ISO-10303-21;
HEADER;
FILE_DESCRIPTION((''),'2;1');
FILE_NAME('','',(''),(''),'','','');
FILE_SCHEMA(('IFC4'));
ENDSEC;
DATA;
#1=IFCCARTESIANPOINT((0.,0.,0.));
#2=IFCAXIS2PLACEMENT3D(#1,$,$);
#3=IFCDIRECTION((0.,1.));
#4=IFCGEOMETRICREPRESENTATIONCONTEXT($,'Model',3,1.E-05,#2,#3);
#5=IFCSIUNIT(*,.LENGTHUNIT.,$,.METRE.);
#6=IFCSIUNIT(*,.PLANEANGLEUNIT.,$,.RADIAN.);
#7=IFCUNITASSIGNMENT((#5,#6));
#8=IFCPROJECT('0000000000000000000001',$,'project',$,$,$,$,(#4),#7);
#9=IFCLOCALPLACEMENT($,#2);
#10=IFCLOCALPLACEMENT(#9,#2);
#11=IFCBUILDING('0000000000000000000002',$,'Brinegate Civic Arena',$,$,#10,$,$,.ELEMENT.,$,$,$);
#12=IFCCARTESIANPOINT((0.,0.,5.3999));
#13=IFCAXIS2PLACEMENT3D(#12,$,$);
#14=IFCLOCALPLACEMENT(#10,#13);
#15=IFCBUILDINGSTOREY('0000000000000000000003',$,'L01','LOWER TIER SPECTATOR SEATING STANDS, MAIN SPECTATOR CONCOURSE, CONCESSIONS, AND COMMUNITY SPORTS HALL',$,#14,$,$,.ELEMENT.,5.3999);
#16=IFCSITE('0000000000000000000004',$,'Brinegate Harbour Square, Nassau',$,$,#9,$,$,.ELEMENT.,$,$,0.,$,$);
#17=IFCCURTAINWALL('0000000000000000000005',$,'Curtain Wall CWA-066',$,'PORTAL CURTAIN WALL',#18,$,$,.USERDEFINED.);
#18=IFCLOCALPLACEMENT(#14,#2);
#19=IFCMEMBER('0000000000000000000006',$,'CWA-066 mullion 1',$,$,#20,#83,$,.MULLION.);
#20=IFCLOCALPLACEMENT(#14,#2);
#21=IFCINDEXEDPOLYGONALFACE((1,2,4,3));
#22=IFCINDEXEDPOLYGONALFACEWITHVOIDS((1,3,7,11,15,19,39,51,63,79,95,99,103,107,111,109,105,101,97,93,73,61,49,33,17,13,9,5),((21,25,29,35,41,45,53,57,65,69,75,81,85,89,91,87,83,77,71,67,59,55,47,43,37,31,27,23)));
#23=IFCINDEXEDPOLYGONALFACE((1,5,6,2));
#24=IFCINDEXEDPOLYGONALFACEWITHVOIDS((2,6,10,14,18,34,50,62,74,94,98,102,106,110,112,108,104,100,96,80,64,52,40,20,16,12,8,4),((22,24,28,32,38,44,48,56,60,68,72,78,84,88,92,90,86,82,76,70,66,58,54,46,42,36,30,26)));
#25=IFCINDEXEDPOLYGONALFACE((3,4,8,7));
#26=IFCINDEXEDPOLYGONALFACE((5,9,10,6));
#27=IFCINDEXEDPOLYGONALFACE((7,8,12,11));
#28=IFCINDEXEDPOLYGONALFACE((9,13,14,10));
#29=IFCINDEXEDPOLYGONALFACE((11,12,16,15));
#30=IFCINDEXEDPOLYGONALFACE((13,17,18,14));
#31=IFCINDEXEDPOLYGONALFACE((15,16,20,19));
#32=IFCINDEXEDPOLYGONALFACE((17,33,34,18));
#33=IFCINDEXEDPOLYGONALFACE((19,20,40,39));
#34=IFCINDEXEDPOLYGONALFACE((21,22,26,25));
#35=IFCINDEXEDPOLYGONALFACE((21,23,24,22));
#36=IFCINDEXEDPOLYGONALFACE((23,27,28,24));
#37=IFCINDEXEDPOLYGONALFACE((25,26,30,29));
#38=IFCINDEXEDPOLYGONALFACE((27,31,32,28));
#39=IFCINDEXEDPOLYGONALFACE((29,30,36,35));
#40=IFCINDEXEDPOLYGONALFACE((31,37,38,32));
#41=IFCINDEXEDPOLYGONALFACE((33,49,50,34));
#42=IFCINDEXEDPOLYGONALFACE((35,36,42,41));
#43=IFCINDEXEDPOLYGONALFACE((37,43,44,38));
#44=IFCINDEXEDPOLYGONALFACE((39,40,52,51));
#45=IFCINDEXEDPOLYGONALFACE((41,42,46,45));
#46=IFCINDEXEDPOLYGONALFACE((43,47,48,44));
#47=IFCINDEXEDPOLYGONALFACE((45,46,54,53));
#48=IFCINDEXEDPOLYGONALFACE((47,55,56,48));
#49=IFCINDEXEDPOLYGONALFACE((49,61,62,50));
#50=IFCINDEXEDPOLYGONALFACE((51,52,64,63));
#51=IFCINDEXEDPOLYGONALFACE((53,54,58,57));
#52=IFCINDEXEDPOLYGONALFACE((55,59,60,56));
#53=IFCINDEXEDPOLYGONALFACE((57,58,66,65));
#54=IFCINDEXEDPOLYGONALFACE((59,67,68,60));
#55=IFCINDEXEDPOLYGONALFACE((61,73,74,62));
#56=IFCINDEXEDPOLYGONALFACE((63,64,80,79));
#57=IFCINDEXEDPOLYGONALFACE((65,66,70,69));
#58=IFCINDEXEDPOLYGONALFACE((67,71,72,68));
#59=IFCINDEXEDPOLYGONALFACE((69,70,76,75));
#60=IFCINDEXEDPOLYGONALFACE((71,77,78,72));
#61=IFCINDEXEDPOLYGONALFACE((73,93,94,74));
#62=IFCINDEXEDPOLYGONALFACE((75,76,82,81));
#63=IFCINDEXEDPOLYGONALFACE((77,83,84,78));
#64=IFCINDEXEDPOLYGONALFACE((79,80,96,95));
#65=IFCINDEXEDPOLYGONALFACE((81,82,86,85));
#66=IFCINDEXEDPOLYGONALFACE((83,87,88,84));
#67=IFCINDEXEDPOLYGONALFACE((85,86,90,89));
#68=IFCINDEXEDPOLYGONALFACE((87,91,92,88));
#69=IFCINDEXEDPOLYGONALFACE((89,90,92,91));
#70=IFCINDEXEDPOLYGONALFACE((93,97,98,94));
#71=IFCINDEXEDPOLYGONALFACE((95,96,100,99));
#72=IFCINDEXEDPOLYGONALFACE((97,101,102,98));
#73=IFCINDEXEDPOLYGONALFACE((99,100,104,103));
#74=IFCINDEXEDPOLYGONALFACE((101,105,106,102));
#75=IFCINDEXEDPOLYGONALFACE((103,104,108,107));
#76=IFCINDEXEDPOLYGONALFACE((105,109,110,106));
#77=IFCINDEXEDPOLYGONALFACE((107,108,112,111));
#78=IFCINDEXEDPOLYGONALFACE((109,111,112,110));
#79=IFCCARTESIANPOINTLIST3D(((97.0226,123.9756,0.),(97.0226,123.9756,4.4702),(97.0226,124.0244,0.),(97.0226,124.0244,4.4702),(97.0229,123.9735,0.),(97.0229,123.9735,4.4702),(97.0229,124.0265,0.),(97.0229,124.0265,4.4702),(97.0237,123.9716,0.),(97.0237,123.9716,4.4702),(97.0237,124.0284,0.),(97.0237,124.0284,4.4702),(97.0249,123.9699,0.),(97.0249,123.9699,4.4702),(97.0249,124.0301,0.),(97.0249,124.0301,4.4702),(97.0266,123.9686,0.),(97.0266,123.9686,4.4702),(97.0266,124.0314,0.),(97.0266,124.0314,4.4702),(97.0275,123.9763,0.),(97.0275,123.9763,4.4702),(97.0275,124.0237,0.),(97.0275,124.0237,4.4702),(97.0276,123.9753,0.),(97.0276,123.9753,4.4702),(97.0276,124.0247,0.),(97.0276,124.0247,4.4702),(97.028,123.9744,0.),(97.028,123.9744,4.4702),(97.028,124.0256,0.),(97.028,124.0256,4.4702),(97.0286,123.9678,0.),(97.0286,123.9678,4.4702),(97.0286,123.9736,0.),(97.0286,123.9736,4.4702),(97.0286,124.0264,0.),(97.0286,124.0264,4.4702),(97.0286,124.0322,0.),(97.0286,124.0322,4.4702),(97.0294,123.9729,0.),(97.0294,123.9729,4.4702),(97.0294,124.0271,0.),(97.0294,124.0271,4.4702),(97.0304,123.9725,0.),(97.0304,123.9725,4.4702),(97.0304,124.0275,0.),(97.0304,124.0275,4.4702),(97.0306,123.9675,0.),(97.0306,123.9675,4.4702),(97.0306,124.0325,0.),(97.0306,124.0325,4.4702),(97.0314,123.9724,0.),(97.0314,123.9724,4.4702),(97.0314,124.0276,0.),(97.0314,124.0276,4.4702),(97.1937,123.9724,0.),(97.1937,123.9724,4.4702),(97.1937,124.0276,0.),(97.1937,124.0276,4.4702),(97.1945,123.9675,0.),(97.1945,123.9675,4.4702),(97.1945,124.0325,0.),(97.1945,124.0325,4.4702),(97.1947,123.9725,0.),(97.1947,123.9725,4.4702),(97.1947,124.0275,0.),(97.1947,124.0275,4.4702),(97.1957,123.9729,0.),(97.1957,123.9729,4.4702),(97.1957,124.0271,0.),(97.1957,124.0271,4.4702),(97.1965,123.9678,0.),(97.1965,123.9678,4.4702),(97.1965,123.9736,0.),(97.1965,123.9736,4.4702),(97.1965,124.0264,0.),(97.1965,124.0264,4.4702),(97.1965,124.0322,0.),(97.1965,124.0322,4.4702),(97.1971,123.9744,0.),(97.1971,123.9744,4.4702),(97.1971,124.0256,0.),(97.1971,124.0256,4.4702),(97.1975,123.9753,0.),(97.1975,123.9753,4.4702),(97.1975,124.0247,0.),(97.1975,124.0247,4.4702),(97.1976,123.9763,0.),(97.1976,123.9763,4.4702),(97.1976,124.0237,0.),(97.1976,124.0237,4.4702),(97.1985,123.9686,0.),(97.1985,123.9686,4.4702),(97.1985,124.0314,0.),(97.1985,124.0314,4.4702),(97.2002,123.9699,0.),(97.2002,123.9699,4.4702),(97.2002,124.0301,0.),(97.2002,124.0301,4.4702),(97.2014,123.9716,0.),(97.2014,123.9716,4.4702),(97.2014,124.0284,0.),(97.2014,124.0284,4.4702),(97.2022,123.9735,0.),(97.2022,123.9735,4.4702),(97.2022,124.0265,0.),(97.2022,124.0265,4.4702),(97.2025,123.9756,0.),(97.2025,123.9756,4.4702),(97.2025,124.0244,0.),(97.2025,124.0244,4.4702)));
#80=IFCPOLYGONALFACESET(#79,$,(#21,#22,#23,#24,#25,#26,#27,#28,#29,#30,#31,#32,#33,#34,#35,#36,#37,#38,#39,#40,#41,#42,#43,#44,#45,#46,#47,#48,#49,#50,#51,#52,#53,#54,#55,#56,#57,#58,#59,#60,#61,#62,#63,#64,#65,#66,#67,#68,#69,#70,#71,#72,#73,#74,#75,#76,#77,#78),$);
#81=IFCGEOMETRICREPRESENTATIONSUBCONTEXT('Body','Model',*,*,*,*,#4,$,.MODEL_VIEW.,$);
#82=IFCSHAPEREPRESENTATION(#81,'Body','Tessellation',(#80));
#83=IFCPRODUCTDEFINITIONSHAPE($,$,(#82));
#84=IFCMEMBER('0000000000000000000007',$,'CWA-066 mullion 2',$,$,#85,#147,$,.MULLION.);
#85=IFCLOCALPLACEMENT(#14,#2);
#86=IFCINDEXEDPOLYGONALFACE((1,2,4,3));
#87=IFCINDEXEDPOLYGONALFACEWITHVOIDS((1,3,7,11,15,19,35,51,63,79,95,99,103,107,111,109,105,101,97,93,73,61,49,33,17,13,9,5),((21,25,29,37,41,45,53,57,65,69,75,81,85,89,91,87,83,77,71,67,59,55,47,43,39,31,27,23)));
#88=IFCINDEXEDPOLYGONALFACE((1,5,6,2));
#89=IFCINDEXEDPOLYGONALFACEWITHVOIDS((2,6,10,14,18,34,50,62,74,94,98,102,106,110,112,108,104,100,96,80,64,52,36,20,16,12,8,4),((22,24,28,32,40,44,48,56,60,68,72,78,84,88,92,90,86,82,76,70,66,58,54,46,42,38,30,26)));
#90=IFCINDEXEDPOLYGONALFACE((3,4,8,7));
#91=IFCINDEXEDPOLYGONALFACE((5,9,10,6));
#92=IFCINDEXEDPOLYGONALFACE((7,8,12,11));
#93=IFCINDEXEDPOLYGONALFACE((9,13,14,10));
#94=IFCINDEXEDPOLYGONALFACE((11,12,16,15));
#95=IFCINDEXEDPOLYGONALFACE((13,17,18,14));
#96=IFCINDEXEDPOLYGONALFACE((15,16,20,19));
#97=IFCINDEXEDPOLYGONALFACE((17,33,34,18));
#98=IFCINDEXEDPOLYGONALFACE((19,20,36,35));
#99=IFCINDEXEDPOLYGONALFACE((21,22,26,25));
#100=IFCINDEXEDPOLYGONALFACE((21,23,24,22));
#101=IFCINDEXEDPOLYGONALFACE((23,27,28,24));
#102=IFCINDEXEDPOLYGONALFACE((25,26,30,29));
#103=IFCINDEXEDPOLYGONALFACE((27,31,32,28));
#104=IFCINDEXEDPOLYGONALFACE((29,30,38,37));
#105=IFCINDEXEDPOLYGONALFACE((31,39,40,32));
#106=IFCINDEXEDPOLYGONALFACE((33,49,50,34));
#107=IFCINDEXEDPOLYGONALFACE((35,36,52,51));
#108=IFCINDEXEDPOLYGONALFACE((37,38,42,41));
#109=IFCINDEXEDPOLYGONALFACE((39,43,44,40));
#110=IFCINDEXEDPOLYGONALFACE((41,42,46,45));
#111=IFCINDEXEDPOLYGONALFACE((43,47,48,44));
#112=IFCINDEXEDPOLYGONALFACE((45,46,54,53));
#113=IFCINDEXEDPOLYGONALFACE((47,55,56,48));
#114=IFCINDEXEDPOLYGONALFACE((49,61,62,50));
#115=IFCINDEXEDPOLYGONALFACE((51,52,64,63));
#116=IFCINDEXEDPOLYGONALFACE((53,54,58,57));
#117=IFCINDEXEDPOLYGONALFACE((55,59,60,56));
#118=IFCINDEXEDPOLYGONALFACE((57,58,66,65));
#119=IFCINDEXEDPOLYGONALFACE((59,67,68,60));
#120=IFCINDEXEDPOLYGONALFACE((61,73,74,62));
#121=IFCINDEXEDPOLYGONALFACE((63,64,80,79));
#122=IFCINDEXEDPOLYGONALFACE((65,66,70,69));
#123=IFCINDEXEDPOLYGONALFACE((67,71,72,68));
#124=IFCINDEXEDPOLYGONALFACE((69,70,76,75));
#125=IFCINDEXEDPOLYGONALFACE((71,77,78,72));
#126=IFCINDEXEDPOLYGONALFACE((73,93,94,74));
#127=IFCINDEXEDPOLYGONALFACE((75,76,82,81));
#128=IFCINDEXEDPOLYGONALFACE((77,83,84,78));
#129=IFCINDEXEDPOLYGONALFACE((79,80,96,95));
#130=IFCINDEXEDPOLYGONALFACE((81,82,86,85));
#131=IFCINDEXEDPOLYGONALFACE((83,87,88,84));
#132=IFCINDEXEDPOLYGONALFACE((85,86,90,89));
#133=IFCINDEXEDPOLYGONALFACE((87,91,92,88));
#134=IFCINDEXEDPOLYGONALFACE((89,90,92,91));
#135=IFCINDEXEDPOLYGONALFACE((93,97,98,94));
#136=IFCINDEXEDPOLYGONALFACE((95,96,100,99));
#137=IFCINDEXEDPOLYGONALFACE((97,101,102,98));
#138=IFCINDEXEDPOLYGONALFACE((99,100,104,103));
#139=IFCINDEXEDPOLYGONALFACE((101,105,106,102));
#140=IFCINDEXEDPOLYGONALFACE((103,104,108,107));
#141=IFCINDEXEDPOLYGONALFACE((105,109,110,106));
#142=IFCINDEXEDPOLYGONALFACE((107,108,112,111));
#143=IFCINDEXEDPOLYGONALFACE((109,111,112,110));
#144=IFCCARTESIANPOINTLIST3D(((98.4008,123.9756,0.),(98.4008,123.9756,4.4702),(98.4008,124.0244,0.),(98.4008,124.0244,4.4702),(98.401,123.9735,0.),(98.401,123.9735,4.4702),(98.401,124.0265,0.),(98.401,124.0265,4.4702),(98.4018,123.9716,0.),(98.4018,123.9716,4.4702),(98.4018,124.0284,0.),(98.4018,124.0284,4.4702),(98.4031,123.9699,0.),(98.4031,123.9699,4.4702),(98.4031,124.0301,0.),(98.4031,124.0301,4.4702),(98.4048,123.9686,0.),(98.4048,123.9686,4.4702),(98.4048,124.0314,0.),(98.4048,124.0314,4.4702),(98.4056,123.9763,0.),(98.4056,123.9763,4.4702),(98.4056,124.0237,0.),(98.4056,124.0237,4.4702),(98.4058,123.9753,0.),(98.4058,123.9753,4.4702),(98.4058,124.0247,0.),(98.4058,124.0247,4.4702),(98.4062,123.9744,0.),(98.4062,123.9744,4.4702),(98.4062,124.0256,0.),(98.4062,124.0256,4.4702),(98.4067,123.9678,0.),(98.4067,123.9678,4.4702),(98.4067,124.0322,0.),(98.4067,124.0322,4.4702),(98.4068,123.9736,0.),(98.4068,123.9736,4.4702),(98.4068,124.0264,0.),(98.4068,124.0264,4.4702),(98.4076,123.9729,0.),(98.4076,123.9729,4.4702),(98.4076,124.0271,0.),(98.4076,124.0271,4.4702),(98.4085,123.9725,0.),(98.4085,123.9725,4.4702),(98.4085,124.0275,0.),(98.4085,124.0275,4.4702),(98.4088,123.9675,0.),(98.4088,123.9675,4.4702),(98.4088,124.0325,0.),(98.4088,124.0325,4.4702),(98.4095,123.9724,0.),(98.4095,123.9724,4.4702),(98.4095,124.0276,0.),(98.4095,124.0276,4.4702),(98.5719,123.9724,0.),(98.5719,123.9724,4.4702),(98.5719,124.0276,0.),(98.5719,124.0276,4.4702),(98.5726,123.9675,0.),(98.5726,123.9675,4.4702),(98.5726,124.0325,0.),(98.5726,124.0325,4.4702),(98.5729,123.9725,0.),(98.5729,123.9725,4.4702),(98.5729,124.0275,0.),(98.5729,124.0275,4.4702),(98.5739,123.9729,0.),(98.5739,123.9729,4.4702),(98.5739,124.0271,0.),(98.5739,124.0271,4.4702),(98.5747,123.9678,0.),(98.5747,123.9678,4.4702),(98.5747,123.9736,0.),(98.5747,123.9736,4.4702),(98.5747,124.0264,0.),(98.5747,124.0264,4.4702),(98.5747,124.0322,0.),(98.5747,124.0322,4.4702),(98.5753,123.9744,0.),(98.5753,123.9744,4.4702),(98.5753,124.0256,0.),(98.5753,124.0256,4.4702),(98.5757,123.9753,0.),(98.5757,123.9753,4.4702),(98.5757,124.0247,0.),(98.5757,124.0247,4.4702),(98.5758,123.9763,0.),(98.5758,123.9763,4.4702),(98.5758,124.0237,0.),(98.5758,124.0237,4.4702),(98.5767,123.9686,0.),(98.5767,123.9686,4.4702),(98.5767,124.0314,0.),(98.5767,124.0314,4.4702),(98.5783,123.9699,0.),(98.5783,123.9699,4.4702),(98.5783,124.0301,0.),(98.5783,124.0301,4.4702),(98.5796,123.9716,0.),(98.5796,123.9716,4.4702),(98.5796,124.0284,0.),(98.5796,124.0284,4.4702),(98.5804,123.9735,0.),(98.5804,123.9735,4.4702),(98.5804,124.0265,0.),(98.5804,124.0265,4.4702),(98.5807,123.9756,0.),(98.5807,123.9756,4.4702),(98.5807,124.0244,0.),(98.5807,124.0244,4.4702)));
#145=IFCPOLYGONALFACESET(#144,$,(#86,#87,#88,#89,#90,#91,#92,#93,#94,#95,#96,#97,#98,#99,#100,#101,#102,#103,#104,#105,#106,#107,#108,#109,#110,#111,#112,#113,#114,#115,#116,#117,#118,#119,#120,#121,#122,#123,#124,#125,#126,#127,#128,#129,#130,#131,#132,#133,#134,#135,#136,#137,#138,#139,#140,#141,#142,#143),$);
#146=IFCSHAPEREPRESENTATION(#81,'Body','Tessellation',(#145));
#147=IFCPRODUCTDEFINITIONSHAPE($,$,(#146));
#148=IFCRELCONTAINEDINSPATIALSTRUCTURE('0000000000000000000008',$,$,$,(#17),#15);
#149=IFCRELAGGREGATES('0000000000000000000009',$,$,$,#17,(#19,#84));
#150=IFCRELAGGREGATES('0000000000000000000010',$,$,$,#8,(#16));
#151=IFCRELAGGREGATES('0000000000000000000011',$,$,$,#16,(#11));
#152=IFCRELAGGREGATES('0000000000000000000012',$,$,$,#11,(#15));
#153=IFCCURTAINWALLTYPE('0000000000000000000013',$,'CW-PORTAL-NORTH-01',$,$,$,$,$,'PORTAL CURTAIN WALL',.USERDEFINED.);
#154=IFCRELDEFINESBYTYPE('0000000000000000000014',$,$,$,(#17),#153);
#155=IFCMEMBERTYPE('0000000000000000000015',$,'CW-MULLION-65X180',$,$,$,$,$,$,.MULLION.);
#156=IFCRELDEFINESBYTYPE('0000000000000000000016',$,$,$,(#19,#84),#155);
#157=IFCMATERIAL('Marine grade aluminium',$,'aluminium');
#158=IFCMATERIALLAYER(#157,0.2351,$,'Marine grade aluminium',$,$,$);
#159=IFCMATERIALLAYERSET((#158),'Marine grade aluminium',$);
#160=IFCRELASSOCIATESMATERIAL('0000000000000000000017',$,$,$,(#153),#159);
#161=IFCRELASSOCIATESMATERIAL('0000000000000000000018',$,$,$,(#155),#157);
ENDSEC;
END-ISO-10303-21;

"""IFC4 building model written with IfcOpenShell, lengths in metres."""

from ifc_helpers import new_model, si_unit, direction, frame, origin, origin_2d, place, context, subcontext, project, spatial, hollow_rectangle, extrude, material, layer, layer_set, material_profile, profile_set, type_object, element, aggregate, save


model = new_model("IFC4")

# Units and contexts
model_context = context("Model", 3, precision=1e-05, world=origin(), true_north=direction((0.0, 1.0)))
body_context = subcontext(model_context, "Body", "Model", "MODEL_VIEW")
ifc_project = project(units=[si_unit("LENGTHUNIT", "METRE"), si_unit("PLANEANGLEUNIT", "RADIAN")], contexts=[model_context])

# Site, building, storey
site_placement = place(None, origin())
site = spatial("IfcSite", under=ifc_project, at=site_placement, Name="Brinegate Harbour Square, Nassau", CompositionType="ELEMENT", RefElevation=0.0)
building_placement = place(site_placement, origin())
building = spatial("IfcBuilding", under=site, at=building_placement, Name="Brinegate Civic Arena", CompositionType="ELEMENT")
storey_placement = place(building_placement, frame((0.0, 0.0, 5.3999)))
storey = spatial("IfcBuildingStorey", under=building, at=storey_placement, Name="L01", Description="LOWER TIER SPECTATOR SEATING STANDS, MAIN SPECTATOR CONCOURSE, CONCESSIONS, AND COMMUNITY SPORTS HALL", CompositionType="ELEMENT", Elevation=5.3999)

# Curtain wall, members
ifc_material_1 = material(Name="Marine grade aluminium", Category="aluminium")
ifc_layer_1 = layer(ifc_material_1, 0.2351, Name="Marine grade aluminium")
ifc_layer_set_1 = layer_set([ifc_layer_1], Name="Marine grade aluminium")
curtain_wall_type = type_object("IfcCurtainWallType", Name="CW-PORTAL-NORTH-01", ElementType="PORTAL CURTAIN WALL", PredefinedType="USERDEFINED", material=ifc_layer_set_1)
curtain_wall_placement = place(storey_placement, origin())
curtain_wall = element("IfcCurtainWall", 1, at=curtain_wall_placement, inside=storey, type_object=curtain_wall_type, Name="Curtain Wall CWA-066", ObjectType="PORTAL CURTAIN WALL", PredefinedType="USERDEFINED")
ifc_material_profile_1 = material_profile(ifc_material_1, hollow_rectangle(XDim=0.0649, YDim=0.1799, WallThickness=0.0049, InnerFilletRadius=0.0039, OuterFilletRadius=0.0081, at=origin_2d()), Name="MUL65X180")
ifc_profile_set_1 = profile_set([ifc_material_profile_1], Name="Marine grade aluminium")
member_type_1 = type_object("IfcMemberType", Name="CW-MULLION-65X180", PredefinedType="MULLION", material=ifc_profile_set_1)
member_1_placement = place(storey_placement, frame((97.1125, 124.0, 0.0), z_axis=(0.0, 0.0, 1.0), x_axis=(0.0, 1.0, 0.0)))
member_1 = element("IfcMember", 2, at=member_1_placement, type_object=member_type_1, Name="CWA-066 mullion 1", PredefinedType="MULLION", context=body_context, shape_type="SweptSolid", body=[
    extrude(hollow_rectangle(XDim=0.0649, YDim=0.1799, WallThickness=0.0049, InnerFilletRadius=0.0039, OuterFilletRadius=0.0081, at=origin_2d()), origin(), (0.0, 0.0, 1.0), 4.4702),
])
member_2_placement = place(storey_placement, frame((98.4907, 124.0, 0.0), z_axis=(0.0, 0.0, 1.0), x_axis=(0.0, 1.0, 0.0)))
member_2 = element("IfcMember", 3, at=member_2_placement, type_object=member_type_1, Name="CWA-066 mullion 2", PredefinedType="MULLION", context=body_context, shape_type="SweptSolid", body=[
    extrude(hollow_rectangle(XDim=0.0649, YDim=0.1799, WallThickness=0.0049, InnerFilletRadius=0.0039, OuterFilletRadius=0.0081, at=origin_2d()), origin(), (0.0, 0.0, 1.0), 4.4702),
])

aggregate(curtain_wall, [member_1, member_2])

save(model, "model.ifc")
